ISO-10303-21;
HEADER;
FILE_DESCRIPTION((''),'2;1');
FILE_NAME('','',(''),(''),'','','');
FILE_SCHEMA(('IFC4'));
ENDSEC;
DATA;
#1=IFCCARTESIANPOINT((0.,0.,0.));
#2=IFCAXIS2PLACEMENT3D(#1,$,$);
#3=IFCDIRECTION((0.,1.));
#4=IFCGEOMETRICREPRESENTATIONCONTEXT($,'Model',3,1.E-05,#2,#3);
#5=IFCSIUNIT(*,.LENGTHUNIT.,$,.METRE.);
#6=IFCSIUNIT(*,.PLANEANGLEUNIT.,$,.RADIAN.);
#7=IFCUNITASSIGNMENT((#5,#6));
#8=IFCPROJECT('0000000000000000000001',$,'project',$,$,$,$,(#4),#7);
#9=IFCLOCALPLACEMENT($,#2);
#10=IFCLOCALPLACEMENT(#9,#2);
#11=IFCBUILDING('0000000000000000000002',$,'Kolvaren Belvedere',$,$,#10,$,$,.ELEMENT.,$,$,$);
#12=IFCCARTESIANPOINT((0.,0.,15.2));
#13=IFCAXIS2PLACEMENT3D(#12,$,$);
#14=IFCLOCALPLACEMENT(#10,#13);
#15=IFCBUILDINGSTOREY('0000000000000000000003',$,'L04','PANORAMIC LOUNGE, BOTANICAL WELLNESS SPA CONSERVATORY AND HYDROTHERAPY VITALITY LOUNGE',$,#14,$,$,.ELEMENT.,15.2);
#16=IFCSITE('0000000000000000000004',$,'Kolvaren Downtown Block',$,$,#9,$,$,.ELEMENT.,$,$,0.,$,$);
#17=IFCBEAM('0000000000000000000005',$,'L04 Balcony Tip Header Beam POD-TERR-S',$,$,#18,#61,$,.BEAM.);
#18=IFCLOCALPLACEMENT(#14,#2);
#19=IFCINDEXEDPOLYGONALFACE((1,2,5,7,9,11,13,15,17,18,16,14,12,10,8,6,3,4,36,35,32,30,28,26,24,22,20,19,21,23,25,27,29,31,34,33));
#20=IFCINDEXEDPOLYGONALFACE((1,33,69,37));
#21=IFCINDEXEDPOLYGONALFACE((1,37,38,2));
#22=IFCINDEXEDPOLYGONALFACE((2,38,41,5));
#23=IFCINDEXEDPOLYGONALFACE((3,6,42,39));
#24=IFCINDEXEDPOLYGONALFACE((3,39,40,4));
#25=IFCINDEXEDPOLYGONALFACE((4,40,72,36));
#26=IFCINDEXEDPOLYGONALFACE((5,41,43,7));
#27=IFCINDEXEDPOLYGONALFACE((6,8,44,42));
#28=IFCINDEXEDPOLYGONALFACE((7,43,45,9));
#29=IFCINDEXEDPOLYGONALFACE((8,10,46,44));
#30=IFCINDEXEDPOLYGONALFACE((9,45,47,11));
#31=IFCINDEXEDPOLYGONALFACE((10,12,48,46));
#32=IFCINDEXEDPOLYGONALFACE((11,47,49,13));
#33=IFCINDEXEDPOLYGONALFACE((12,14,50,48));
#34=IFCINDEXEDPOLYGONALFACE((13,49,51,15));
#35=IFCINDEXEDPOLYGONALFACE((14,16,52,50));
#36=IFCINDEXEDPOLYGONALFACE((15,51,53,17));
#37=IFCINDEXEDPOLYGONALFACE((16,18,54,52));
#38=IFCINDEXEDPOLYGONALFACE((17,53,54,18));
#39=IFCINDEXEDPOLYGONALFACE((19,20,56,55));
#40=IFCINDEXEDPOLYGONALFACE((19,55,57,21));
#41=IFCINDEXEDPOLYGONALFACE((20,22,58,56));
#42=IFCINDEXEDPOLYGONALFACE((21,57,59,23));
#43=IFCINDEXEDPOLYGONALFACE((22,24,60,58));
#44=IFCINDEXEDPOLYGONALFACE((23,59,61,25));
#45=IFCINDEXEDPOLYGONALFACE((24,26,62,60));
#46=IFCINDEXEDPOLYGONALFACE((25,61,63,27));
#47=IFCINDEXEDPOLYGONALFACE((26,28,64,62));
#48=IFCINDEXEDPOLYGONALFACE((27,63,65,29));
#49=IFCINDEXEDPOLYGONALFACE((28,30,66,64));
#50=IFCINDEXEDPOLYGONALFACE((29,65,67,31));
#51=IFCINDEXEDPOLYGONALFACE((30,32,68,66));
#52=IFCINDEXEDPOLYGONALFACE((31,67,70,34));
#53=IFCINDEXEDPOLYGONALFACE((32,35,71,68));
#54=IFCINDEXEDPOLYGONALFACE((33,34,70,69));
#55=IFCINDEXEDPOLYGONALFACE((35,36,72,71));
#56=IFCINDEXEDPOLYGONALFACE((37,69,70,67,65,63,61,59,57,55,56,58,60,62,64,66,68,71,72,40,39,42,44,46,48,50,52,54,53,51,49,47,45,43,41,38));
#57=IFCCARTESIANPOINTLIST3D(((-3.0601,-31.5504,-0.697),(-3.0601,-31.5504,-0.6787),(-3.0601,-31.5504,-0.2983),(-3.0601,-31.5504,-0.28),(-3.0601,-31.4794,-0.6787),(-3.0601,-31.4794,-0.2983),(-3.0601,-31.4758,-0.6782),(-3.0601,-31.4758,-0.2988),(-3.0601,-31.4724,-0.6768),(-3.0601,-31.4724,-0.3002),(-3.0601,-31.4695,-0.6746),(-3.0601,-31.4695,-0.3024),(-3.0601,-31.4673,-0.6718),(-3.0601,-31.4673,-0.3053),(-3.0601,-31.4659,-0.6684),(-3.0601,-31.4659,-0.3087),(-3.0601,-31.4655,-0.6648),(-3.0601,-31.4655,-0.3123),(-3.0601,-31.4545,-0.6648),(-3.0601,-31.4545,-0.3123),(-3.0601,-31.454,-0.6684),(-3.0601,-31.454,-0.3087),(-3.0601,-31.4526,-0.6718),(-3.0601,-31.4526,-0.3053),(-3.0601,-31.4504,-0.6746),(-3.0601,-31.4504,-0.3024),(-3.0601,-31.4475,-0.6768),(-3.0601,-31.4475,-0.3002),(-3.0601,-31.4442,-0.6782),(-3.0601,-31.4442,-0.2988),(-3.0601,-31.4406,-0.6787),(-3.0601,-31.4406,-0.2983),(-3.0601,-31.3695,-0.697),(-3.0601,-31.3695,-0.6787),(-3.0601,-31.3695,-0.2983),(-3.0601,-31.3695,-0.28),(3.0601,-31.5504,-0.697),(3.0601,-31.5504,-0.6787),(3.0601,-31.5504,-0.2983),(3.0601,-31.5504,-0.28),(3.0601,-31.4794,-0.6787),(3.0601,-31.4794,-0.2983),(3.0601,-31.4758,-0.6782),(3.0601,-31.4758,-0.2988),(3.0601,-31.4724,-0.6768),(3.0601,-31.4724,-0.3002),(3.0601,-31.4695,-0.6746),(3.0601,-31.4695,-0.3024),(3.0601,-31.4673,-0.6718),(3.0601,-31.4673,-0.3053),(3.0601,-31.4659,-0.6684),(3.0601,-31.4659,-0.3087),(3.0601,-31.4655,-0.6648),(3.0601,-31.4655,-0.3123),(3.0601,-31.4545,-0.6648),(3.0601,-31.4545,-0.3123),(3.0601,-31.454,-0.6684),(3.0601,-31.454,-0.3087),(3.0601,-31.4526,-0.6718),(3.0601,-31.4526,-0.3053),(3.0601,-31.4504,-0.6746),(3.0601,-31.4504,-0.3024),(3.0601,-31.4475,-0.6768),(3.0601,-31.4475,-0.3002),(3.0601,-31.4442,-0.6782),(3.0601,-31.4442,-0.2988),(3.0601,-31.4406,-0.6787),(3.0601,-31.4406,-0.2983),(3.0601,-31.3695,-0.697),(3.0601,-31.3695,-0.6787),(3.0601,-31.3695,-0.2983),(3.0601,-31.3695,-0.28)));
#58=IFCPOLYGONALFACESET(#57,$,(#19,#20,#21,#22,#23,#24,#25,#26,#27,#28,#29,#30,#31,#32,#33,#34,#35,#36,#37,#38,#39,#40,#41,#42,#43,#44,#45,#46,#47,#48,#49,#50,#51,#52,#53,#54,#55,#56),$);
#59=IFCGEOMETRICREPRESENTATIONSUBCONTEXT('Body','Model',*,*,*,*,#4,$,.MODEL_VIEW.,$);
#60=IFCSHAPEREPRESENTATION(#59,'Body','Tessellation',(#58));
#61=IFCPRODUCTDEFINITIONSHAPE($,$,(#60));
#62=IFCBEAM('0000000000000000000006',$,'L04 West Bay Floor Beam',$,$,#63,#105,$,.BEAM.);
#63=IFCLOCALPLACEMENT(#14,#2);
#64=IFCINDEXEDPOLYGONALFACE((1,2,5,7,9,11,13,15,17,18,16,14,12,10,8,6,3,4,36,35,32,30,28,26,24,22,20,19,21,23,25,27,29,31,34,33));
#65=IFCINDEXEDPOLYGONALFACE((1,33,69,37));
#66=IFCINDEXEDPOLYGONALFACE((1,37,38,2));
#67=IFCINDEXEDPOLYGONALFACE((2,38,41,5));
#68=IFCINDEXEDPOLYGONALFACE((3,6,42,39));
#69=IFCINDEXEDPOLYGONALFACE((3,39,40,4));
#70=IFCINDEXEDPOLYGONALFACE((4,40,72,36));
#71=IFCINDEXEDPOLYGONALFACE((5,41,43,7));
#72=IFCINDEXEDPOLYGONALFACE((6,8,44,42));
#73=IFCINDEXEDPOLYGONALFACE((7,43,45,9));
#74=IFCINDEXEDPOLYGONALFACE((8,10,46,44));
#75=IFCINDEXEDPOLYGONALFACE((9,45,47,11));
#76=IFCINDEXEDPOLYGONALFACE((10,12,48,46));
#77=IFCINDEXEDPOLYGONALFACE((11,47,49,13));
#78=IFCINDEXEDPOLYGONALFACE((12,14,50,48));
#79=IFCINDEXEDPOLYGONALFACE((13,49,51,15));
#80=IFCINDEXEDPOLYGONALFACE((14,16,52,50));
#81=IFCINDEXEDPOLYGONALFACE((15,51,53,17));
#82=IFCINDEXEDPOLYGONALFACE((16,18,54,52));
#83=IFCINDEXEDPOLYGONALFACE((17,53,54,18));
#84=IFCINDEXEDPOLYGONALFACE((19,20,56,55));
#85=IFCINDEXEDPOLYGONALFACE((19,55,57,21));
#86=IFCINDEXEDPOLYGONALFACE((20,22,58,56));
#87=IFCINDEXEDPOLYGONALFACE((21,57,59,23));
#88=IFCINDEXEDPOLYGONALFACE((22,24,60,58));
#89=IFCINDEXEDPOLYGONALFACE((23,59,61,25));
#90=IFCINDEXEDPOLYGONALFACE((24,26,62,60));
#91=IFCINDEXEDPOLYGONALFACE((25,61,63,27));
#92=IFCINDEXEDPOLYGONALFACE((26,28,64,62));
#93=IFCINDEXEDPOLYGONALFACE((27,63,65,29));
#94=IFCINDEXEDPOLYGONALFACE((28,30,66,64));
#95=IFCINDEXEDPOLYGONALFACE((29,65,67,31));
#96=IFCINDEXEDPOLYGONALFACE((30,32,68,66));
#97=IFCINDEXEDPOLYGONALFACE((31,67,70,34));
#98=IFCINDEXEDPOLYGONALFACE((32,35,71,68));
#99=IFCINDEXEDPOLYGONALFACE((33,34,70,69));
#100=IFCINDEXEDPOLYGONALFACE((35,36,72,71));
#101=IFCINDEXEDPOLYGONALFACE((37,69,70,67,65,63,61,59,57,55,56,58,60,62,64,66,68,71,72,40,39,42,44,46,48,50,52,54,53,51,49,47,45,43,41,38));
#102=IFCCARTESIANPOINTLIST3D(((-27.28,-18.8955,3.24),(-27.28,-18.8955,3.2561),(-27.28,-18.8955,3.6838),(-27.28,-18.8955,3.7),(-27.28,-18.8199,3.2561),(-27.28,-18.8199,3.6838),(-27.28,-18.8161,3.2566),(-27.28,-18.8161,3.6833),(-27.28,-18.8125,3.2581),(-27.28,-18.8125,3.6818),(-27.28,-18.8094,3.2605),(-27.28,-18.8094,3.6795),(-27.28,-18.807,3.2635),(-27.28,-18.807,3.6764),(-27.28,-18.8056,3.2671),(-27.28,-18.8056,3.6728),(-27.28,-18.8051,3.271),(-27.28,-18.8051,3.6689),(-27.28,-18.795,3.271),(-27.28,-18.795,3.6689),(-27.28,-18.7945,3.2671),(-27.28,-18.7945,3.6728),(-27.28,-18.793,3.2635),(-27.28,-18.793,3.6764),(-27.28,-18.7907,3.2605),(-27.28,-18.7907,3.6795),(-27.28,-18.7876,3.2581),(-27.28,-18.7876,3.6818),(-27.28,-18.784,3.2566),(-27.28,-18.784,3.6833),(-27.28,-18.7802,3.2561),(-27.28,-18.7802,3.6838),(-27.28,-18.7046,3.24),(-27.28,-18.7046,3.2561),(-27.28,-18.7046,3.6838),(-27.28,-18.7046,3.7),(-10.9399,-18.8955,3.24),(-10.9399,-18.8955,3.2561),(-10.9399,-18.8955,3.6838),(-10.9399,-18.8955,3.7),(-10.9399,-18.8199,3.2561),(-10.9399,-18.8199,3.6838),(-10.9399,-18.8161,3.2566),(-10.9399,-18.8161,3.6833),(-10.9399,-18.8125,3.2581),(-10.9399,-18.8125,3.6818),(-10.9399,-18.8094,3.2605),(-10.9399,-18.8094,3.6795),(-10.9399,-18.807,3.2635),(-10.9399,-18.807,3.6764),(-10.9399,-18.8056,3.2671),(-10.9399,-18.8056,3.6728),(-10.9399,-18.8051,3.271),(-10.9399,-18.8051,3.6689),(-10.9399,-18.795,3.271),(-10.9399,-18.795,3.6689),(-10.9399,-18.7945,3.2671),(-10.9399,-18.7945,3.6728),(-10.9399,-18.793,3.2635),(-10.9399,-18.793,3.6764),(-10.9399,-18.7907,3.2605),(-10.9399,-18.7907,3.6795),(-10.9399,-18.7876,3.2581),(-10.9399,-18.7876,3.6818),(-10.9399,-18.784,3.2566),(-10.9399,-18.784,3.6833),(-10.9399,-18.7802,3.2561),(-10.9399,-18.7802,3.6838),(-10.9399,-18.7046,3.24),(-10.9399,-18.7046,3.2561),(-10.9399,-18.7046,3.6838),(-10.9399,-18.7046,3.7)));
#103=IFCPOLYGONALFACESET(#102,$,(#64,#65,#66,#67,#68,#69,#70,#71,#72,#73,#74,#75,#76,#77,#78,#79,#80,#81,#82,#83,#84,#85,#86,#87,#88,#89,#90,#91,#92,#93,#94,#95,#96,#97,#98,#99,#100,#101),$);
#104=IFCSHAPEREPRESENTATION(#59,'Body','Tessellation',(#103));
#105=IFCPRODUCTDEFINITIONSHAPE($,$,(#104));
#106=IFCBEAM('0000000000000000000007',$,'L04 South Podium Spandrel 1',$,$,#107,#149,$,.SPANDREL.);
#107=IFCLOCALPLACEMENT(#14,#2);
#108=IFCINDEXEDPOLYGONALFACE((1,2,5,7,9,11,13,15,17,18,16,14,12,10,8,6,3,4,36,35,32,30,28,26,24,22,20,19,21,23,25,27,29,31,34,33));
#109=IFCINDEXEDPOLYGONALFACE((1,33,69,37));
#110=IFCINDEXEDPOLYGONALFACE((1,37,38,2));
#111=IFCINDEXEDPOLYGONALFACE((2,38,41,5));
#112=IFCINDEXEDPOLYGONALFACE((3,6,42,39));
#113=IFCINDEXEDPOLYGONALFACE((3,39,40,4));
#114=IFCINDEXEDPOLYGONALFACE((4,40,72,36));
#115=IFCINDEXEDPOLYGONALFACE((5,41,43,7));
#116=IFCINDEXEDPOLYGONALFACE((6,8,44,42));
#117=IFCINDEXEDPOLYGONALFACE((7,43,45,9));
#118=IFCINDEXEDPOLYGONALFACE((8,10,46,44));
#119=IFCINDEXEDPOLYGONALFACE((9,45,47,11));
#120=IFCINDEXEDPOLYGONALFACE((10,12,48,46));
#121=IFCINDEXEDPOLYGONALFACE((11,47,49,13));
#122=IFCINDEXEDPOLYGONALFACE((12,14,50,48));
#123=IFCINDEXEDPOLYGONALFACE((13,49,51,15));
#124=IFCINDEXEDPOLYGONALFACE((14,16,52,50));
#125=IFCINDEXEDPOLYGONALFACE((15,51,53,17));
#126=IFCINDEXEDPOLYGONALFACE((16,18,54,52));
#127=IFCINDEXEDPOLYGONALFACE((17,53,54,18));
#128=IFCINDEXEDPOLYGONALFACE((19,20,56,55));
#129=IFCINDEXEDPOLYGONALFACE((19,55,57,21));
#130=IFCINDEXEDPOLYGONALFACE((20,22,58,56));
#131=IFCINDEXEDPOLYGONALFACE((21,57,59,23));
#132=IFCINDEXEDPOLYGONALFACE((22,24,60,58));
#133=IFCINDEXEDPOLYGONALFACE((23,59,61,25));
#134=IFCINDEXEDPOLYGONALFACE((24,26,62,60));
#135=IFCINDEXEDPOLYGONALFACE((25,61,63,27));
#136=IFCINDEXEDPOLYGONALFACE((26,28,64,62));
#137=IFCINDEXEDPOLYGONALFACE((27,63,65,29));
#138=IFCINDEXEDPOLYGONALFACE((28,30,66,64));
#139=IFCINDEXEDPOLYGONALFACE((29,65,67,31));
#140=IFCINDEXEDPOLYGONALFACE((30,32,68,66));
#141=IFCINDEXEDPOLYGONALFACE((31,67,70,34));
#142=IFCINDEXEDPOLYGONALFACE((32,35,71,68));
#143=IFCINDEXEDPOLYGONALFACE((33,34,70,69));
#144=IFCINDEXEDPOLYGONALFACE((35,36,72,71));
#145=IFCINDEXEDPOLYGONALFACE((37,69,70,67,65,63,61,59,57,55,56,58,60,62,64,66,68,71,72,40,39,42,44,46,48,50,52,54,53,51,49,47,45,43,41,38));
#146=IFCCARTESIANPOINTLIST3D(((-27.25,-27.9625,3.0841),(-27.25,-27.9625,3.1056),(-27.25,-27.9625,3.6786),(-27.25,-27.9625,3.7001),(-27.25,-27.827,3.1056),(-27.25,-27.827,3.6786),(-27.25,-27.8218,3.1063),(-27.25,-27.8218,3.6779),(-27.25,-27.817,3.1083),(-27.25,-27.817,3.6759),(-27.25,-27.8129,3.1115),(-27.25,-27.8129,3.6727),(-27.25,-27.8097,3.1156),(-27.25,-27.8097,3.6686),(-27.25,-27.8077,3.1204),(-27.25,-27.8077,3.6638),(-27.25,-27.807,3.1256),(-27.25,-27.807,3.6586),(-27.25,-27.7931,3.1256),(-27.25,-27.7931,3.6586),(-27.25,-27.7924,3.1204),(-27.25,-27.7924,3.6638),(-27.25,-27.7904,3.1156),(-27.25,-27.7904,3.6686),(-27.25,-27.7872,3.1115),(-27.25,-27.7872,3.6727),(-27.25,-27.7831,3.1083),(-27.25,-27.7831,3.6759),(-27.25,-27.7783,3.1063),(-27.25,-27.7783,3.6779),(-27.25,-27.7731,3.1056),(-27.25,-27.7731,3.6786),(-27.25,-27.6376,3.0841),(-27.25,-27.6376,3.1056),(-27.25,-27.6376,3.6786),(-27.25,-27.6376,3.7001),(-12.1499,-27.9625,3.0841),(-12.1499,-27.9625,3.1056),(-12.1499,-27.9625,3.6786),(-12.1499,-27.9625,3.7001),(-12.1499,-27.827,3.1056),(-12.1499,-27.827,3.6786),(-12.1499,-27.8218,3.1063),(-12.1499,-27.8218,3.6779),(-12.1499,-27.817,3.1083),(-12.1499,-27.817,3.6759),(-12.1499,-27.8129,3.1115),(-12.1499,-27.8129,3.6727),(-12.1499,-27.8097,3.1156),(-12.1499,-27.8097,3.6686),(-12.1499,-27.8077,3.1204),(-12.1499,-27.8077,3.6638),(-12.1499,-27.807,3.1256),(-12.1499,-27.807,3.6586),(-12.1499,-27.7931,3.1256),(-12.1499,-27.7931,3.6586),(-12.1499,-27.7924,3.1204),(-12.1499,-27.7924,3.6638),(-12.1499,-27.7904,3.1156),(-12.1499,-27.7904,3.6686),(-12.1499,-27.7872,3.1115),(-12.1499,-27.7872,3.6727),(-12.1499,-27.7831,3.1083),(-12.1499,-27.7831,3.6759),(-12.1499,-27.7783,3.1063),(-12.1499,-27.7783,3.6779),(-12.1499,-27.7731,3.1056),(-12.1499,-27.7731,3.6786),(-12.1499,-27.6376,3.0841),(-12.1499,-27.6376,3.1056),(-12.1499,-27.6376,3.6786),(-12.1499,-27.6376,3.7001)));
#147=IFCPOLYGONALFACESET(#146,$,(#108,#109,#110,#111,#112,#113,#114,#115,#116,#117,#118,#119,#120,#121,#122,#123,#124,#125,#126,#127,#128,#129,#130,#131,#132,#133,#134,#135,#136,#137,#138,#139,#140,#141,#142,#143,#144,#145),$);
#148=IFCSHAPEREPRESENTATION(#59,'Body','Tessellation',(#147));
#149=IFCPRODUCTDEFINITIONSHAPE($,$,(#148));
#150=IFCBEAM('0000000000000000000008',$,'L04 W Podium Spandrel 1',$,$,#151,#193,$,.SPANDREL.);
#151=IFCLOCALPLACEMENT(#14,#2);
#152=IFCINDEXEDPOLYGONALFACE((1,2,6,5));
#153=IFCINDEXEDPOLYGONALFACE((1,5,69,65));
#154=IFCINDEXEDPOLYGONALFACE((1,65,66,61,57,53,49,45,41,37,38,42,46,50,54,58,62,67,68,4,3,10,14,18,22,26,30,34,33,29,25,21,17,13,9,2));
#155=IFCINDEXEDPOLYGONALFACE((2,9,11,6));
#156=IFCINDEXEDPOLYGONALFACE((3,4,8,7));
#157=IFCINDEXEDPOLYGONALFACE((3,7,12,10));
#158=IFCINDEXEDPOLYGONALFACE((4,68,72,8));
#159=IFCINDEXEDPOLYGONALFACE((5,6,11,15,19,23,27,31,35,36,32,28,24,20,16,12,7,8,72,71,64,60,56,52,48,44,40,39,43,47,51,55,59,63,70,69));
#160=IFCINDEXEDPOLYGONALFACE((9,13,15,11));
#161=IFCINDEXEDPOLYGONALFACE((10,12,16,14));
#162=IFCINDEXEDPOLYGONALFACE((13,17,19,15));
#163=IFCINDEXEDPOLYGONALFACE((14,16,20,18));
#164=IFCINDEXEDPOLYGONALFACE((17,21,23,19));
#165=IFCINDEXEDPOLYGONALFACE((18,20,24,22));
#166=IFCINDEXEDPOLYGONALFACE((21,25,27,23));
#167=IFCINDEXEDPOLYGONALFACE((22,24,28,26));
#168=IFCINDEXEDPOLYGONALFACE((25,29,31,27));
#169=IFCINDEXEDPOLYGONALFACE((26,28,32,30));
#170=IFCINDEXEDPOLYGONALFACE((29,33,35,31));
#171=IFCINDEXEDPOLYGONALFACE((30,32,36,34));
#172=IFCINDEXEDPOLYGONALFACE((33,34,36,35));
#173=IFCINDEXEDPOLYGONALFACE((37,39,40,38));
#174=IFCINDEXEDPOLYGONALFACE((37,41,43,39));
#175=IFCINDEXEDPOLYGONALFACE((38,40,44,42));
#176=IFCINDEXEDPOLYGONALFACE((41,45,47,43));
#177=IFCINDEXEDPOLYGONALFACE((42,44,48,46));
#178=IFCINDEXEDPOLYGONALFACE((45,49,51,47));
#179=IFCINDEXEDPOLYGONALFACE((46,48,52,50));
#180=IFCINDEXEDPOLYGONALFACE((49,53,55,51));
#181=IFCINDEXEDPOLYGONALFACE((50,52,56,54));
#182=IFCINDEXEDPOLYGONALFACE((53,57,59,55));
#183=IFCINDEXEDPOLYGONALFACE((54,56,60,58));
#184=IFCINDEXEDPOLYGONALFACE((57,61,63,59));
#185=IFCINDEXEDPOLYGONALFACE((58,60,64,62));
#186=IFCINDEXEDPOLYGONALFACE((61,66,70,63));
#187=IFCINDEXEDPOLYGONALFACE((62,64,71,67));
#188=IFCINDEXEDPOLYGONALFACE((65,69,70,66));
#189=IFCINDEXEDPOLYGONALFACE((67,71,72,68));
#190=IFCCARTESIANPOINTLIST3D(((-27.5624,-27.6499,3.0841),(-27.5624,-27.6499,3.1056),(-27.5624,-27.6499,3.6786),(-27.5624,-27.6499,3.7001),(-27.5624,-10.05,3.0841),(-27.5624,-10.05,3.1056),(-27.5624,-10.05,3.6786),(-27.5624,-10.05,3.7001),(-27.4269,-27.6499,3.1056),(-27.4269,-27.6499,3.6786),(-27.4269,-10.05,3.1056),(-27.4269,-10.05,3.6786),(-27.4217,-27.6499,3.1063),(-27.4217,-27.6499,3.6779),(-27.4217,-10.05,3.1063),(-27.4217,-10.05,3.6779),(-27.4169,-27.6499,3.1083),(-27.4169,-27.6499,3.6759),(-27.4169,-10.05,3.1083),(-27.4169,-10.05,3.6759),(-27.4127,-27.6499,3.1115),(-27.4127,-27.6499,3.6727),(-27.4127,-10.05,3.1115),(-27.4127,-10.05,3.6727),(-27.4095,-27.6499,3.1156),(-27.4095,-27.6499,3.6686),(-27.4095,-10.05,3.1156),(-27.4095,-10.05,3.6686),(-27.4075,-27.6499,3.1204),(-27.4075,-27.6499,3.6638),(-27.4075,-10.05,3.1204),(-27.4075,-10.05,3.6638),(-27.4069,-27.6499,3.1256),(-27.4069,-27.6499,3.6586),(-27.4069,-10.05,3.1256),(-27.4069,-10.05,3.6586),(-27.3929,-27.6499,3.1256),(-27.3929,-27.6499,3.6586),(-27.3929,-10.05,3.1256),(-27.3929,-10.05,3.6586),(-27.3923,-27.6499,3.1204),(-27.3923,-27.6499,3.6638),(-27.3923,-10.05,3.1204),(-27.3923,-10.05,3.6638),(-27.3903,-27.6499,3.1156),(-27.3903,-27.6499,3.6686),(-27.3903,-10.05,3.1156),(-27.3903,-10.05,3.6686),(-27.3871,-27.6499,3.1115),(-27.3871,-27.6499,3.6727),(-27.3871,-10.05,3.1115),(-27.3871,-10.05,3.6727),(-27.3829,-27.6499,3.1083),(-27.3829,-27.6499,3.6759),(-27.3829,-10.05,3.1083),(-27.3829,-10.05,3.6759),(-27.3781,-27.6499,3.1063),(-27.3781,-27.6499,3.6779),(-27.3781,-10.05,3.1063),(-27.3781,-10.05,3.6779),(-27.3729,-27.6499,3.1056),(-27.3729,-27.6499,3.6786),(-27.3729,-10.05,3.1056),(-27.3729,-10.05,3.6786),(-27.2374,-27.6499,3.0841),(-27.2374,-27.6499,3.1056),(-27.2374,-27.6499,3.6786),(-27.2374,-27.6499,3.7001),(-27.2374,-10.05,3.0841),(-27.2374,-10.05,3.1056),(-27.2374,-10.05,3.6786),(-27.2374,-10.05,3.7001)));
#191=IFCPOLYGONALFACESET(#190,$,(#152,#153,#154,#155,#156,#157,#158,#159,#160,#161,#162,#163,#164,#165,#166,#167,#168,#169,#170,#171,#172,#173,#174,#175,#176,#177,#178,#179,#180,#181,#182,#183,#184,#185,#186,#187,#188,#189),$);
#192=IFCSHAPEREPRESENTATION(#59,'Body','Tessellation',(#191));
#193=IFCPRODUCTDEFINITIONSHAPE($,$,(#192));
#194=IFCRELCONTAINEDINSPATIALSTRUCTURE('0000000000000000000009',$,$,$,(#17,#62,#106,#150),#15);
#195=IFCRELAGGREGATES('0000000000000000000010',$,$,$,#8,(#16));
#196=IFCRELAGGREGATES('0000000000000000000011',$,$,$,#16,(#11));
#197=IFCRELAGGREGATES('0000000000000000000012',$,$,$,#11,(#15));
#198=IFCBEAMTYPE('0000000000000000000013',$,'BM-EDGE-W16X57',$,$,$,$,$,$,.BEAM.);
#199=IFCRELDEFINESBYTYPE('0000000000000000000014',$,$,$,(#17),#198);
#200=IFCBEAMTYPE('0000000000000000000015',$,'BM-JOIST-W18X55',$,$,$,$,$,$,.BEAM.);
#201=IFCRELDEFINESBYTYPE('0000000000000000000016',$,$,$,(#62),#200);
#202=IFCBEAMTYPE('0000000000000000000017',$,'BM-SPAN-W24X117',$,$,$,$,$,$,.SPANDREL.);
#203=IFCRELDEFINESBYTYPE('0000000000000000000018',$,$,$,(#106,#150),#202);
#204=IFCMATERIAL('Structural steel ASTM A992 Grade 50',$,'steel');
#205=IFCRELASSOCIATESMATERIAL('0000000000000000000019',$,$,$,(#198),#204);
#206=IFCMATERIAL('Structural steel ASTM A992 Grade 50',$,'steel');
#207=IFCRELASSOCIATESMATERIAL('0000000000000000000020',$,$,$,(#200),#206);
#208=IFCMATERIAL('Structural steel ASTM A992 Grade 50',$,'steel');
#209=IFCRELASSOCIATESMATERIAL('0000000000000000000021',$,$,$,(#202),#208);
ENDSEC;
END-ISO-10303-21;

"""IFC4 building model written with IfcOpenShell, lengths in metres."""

from ifc_helpers import new_model, si_unit, direction, frame, origin, origin_2d, place, context, subcontext, project, spatial, i_section, extrude, material, material_profile, profile_set, type_object, element, save


model = new_model("IFC4")

# Units and contexts
model_context = context("Model", 3, precision=1e-05, world=origin(), true_north=direction((0.0, 1.0)))
body_context = subcontext(model_context, "Body", "Model", "MODEL_VIEW")
ifc_project = project(units=[si_unit("LENGTHUNIT", "METRE"), si_unit("PLANEANGLEUNIT", "RADIAN")], contexts=[model_context])

# Site, building, storey
site_placement = place(None, origin())
site = spatial("IfcSite", under=ifc_project, at=site_placement, Name="Kolvaren Downtown Block", CompositionType="ELEMENT", RefElevation=0.0)
building_placement = place(site_placement, origin())
building = spatial("IfcBuilding", under=site, at=building_placement, Name="Kolvaren Belvedere", CompositionType="ELEMENT")
storey_placement = place(building_placement, frame((0.0, 0.0, 15.2)))
storey = spatial("IfcBuildingStorey", under=building, at=storey_placement, Name="L04", Description="PANORAMIC LOUNGE, BOTANICAL WELLNESS SPA CONSERVATORY AND HYDROTHERAPY VITALITY LOUNGE", CompositionType="ELEMENT", Elevation=15.2)

# Beams
ifc_material_1 = material(Name="Structural steel ASTM A992 Grade 50", Category="steel")
ifc_material_profile_1 = material_profile(ifc_material_1, i_section(OverallWidth=0.1809, OverallDepth=0.417, WebThickness=0.011, FlangeThickness=0.0183, FilletRadius=0.0139, at=origin_2d()), Name="W16X57")
ifc_profile_set_1 = profile_set([ifc_material_profile_1], Name="Structural steel ASTM A992 Grade 50")
beam_type_1 = type_object("IfcBeamType", Name="BM-EDGE-W16X57", PredefinedType="BEAM", material=ifc_profile_set_1)
beam_1_placement = place(storey_placement, frame((-3.0601, -31.46, -0.4885), z_axis=(1.0, 0.0, 0.0), x_axis=(0.0, 1.0, 0.0)))
element("IfcBeam", 1, at=beam_1_placement, inside=storey, type_object=beam_type_1, Name="L04 Balcony Tip Header Beam POD-TERR-S", PredefinedType="BEAM", context=body_context, shape_type="SweptSolid", body=[
    extrude(i_section(OverallWidth=0.1809, OverallDepth=0.417, WebThickness=0.011, FlangeThickness=0.0183, FilletRadius=0.0139, at=origin_2d()), origin(), (0.0, 0.0, 1.0), 6.1201),
])
ifc_material_2 = material(Name="Structural steel ASTM A992 Grade 50", Category="steel")
ifc_material_profile_2 = material_profile(ifc_material_2, i_section(OverallWidth=0.1909, OverallDepth=0.46, WebThickness=0.01, FlangeThickness=0.0161, FilletRadius=0.0149, at=origin_2d()), Name="W18X55")
ifc_profile_set_2 = profile_set([ifc_material_profile_2], Name="Structural steel ASTM A992 Grade 50")
beam_type_2 = type_object("IfcBeamType", Name="BM-JOIST-W18X55", PredefinedType="BEAM", material=ifc_profile_set_2)
beam_2_placement = place(storey_placement, frame((-27.28, -18.8, 3.47), z_axis=(1.0, 0.0, 0.0), x_axis=(0.0, 1.0, 0.0)))
element("IfcBeam", 2, at=beam_2_placement, inside=storey, type_object=beam_type_2, Name="L04 West Bay Floor Beam", PredefinedType="BEAM", context=body_context, shape_type="SweptSolid", body=[
    extrude(i_section(OverallWidth=0.1909, OverallDepth=0.46, WebThickness=0.01, FlangeThickness=0.0161, FilletRadius=0.0149, at=origin_2d()), origin(), (0.0, 0.0, 1.0), 16.3401),
])
ifc_material_3 = material(Name="Structural steel ASTM A992 Grade 50", Category="steel")
ifc_material_profile_3 = material_profile(ifc_material_3, i_section(OverallWidth=0.325, OverallDepth=0.616, WebThickness=0.0139, FlangeThickness=0.0215, FilletRadius=0.02, at=origin_2d()), Name="W24X117")
ifc_profile_set_3 = profile_set([ifc_material_profile_3], Name="Structural steel ASTM A992 Grade 50")
beam_type_3 = type_object("IfcBeamType", Name="BM-SPAN-W24X117", PredefinedType="SPANDREL", material=ifc_profile_set_3)
beam_3_placement = place(storey_placement, frame((-27.25, -27.8, 3.3921), z_axis=(1.0, 0.0, 0.0), x_axis=(0.0, 1.0, 0.0)))
element("IfcBeam", 3, at=beam_3_placement, inside=storey, type_object=beam_type_3, Name="L04 South Podium Spandrel 1", PredefinedType="SPANDREL", context=body_context, shape_type="SweptSolid", body=[
    extrude(i_section(OverallWidth=0.325, OverallDepth=0.616, WebThickness=0.0139, FlangeThickness=0.0215, FilletRadius=0.02, at=origin_2d()), origin(), (0.0, 0.0, 1.0), 15.1001),
])
beam_4_placement = place(storey_placement, frame((-27.3999, -27.6499, 3.3921), z_axis=(0.0, 1.0, 0.0), x_axis=(-1.0, 0.0, 0.0)))
element("IfcBeam", 4, at=beam_4_placement, inside=storey, type_object=beam_type_3, Name="L04 W Podium Spandrel 1", PredefinedType="SPANDREL", context=body_context, shape_type="SweptSolid", body=[
    extrude(i_section(OverallWidth=0.325, OverallDepth=0.616, WebThickness=0.0139, FlangeThickness=0.0215, FilletRadius=0.02, at=origin_2d()), origin(), (0.0, 0.0, 1.0), 17.5999),
])

save(model, "model.ifc")
